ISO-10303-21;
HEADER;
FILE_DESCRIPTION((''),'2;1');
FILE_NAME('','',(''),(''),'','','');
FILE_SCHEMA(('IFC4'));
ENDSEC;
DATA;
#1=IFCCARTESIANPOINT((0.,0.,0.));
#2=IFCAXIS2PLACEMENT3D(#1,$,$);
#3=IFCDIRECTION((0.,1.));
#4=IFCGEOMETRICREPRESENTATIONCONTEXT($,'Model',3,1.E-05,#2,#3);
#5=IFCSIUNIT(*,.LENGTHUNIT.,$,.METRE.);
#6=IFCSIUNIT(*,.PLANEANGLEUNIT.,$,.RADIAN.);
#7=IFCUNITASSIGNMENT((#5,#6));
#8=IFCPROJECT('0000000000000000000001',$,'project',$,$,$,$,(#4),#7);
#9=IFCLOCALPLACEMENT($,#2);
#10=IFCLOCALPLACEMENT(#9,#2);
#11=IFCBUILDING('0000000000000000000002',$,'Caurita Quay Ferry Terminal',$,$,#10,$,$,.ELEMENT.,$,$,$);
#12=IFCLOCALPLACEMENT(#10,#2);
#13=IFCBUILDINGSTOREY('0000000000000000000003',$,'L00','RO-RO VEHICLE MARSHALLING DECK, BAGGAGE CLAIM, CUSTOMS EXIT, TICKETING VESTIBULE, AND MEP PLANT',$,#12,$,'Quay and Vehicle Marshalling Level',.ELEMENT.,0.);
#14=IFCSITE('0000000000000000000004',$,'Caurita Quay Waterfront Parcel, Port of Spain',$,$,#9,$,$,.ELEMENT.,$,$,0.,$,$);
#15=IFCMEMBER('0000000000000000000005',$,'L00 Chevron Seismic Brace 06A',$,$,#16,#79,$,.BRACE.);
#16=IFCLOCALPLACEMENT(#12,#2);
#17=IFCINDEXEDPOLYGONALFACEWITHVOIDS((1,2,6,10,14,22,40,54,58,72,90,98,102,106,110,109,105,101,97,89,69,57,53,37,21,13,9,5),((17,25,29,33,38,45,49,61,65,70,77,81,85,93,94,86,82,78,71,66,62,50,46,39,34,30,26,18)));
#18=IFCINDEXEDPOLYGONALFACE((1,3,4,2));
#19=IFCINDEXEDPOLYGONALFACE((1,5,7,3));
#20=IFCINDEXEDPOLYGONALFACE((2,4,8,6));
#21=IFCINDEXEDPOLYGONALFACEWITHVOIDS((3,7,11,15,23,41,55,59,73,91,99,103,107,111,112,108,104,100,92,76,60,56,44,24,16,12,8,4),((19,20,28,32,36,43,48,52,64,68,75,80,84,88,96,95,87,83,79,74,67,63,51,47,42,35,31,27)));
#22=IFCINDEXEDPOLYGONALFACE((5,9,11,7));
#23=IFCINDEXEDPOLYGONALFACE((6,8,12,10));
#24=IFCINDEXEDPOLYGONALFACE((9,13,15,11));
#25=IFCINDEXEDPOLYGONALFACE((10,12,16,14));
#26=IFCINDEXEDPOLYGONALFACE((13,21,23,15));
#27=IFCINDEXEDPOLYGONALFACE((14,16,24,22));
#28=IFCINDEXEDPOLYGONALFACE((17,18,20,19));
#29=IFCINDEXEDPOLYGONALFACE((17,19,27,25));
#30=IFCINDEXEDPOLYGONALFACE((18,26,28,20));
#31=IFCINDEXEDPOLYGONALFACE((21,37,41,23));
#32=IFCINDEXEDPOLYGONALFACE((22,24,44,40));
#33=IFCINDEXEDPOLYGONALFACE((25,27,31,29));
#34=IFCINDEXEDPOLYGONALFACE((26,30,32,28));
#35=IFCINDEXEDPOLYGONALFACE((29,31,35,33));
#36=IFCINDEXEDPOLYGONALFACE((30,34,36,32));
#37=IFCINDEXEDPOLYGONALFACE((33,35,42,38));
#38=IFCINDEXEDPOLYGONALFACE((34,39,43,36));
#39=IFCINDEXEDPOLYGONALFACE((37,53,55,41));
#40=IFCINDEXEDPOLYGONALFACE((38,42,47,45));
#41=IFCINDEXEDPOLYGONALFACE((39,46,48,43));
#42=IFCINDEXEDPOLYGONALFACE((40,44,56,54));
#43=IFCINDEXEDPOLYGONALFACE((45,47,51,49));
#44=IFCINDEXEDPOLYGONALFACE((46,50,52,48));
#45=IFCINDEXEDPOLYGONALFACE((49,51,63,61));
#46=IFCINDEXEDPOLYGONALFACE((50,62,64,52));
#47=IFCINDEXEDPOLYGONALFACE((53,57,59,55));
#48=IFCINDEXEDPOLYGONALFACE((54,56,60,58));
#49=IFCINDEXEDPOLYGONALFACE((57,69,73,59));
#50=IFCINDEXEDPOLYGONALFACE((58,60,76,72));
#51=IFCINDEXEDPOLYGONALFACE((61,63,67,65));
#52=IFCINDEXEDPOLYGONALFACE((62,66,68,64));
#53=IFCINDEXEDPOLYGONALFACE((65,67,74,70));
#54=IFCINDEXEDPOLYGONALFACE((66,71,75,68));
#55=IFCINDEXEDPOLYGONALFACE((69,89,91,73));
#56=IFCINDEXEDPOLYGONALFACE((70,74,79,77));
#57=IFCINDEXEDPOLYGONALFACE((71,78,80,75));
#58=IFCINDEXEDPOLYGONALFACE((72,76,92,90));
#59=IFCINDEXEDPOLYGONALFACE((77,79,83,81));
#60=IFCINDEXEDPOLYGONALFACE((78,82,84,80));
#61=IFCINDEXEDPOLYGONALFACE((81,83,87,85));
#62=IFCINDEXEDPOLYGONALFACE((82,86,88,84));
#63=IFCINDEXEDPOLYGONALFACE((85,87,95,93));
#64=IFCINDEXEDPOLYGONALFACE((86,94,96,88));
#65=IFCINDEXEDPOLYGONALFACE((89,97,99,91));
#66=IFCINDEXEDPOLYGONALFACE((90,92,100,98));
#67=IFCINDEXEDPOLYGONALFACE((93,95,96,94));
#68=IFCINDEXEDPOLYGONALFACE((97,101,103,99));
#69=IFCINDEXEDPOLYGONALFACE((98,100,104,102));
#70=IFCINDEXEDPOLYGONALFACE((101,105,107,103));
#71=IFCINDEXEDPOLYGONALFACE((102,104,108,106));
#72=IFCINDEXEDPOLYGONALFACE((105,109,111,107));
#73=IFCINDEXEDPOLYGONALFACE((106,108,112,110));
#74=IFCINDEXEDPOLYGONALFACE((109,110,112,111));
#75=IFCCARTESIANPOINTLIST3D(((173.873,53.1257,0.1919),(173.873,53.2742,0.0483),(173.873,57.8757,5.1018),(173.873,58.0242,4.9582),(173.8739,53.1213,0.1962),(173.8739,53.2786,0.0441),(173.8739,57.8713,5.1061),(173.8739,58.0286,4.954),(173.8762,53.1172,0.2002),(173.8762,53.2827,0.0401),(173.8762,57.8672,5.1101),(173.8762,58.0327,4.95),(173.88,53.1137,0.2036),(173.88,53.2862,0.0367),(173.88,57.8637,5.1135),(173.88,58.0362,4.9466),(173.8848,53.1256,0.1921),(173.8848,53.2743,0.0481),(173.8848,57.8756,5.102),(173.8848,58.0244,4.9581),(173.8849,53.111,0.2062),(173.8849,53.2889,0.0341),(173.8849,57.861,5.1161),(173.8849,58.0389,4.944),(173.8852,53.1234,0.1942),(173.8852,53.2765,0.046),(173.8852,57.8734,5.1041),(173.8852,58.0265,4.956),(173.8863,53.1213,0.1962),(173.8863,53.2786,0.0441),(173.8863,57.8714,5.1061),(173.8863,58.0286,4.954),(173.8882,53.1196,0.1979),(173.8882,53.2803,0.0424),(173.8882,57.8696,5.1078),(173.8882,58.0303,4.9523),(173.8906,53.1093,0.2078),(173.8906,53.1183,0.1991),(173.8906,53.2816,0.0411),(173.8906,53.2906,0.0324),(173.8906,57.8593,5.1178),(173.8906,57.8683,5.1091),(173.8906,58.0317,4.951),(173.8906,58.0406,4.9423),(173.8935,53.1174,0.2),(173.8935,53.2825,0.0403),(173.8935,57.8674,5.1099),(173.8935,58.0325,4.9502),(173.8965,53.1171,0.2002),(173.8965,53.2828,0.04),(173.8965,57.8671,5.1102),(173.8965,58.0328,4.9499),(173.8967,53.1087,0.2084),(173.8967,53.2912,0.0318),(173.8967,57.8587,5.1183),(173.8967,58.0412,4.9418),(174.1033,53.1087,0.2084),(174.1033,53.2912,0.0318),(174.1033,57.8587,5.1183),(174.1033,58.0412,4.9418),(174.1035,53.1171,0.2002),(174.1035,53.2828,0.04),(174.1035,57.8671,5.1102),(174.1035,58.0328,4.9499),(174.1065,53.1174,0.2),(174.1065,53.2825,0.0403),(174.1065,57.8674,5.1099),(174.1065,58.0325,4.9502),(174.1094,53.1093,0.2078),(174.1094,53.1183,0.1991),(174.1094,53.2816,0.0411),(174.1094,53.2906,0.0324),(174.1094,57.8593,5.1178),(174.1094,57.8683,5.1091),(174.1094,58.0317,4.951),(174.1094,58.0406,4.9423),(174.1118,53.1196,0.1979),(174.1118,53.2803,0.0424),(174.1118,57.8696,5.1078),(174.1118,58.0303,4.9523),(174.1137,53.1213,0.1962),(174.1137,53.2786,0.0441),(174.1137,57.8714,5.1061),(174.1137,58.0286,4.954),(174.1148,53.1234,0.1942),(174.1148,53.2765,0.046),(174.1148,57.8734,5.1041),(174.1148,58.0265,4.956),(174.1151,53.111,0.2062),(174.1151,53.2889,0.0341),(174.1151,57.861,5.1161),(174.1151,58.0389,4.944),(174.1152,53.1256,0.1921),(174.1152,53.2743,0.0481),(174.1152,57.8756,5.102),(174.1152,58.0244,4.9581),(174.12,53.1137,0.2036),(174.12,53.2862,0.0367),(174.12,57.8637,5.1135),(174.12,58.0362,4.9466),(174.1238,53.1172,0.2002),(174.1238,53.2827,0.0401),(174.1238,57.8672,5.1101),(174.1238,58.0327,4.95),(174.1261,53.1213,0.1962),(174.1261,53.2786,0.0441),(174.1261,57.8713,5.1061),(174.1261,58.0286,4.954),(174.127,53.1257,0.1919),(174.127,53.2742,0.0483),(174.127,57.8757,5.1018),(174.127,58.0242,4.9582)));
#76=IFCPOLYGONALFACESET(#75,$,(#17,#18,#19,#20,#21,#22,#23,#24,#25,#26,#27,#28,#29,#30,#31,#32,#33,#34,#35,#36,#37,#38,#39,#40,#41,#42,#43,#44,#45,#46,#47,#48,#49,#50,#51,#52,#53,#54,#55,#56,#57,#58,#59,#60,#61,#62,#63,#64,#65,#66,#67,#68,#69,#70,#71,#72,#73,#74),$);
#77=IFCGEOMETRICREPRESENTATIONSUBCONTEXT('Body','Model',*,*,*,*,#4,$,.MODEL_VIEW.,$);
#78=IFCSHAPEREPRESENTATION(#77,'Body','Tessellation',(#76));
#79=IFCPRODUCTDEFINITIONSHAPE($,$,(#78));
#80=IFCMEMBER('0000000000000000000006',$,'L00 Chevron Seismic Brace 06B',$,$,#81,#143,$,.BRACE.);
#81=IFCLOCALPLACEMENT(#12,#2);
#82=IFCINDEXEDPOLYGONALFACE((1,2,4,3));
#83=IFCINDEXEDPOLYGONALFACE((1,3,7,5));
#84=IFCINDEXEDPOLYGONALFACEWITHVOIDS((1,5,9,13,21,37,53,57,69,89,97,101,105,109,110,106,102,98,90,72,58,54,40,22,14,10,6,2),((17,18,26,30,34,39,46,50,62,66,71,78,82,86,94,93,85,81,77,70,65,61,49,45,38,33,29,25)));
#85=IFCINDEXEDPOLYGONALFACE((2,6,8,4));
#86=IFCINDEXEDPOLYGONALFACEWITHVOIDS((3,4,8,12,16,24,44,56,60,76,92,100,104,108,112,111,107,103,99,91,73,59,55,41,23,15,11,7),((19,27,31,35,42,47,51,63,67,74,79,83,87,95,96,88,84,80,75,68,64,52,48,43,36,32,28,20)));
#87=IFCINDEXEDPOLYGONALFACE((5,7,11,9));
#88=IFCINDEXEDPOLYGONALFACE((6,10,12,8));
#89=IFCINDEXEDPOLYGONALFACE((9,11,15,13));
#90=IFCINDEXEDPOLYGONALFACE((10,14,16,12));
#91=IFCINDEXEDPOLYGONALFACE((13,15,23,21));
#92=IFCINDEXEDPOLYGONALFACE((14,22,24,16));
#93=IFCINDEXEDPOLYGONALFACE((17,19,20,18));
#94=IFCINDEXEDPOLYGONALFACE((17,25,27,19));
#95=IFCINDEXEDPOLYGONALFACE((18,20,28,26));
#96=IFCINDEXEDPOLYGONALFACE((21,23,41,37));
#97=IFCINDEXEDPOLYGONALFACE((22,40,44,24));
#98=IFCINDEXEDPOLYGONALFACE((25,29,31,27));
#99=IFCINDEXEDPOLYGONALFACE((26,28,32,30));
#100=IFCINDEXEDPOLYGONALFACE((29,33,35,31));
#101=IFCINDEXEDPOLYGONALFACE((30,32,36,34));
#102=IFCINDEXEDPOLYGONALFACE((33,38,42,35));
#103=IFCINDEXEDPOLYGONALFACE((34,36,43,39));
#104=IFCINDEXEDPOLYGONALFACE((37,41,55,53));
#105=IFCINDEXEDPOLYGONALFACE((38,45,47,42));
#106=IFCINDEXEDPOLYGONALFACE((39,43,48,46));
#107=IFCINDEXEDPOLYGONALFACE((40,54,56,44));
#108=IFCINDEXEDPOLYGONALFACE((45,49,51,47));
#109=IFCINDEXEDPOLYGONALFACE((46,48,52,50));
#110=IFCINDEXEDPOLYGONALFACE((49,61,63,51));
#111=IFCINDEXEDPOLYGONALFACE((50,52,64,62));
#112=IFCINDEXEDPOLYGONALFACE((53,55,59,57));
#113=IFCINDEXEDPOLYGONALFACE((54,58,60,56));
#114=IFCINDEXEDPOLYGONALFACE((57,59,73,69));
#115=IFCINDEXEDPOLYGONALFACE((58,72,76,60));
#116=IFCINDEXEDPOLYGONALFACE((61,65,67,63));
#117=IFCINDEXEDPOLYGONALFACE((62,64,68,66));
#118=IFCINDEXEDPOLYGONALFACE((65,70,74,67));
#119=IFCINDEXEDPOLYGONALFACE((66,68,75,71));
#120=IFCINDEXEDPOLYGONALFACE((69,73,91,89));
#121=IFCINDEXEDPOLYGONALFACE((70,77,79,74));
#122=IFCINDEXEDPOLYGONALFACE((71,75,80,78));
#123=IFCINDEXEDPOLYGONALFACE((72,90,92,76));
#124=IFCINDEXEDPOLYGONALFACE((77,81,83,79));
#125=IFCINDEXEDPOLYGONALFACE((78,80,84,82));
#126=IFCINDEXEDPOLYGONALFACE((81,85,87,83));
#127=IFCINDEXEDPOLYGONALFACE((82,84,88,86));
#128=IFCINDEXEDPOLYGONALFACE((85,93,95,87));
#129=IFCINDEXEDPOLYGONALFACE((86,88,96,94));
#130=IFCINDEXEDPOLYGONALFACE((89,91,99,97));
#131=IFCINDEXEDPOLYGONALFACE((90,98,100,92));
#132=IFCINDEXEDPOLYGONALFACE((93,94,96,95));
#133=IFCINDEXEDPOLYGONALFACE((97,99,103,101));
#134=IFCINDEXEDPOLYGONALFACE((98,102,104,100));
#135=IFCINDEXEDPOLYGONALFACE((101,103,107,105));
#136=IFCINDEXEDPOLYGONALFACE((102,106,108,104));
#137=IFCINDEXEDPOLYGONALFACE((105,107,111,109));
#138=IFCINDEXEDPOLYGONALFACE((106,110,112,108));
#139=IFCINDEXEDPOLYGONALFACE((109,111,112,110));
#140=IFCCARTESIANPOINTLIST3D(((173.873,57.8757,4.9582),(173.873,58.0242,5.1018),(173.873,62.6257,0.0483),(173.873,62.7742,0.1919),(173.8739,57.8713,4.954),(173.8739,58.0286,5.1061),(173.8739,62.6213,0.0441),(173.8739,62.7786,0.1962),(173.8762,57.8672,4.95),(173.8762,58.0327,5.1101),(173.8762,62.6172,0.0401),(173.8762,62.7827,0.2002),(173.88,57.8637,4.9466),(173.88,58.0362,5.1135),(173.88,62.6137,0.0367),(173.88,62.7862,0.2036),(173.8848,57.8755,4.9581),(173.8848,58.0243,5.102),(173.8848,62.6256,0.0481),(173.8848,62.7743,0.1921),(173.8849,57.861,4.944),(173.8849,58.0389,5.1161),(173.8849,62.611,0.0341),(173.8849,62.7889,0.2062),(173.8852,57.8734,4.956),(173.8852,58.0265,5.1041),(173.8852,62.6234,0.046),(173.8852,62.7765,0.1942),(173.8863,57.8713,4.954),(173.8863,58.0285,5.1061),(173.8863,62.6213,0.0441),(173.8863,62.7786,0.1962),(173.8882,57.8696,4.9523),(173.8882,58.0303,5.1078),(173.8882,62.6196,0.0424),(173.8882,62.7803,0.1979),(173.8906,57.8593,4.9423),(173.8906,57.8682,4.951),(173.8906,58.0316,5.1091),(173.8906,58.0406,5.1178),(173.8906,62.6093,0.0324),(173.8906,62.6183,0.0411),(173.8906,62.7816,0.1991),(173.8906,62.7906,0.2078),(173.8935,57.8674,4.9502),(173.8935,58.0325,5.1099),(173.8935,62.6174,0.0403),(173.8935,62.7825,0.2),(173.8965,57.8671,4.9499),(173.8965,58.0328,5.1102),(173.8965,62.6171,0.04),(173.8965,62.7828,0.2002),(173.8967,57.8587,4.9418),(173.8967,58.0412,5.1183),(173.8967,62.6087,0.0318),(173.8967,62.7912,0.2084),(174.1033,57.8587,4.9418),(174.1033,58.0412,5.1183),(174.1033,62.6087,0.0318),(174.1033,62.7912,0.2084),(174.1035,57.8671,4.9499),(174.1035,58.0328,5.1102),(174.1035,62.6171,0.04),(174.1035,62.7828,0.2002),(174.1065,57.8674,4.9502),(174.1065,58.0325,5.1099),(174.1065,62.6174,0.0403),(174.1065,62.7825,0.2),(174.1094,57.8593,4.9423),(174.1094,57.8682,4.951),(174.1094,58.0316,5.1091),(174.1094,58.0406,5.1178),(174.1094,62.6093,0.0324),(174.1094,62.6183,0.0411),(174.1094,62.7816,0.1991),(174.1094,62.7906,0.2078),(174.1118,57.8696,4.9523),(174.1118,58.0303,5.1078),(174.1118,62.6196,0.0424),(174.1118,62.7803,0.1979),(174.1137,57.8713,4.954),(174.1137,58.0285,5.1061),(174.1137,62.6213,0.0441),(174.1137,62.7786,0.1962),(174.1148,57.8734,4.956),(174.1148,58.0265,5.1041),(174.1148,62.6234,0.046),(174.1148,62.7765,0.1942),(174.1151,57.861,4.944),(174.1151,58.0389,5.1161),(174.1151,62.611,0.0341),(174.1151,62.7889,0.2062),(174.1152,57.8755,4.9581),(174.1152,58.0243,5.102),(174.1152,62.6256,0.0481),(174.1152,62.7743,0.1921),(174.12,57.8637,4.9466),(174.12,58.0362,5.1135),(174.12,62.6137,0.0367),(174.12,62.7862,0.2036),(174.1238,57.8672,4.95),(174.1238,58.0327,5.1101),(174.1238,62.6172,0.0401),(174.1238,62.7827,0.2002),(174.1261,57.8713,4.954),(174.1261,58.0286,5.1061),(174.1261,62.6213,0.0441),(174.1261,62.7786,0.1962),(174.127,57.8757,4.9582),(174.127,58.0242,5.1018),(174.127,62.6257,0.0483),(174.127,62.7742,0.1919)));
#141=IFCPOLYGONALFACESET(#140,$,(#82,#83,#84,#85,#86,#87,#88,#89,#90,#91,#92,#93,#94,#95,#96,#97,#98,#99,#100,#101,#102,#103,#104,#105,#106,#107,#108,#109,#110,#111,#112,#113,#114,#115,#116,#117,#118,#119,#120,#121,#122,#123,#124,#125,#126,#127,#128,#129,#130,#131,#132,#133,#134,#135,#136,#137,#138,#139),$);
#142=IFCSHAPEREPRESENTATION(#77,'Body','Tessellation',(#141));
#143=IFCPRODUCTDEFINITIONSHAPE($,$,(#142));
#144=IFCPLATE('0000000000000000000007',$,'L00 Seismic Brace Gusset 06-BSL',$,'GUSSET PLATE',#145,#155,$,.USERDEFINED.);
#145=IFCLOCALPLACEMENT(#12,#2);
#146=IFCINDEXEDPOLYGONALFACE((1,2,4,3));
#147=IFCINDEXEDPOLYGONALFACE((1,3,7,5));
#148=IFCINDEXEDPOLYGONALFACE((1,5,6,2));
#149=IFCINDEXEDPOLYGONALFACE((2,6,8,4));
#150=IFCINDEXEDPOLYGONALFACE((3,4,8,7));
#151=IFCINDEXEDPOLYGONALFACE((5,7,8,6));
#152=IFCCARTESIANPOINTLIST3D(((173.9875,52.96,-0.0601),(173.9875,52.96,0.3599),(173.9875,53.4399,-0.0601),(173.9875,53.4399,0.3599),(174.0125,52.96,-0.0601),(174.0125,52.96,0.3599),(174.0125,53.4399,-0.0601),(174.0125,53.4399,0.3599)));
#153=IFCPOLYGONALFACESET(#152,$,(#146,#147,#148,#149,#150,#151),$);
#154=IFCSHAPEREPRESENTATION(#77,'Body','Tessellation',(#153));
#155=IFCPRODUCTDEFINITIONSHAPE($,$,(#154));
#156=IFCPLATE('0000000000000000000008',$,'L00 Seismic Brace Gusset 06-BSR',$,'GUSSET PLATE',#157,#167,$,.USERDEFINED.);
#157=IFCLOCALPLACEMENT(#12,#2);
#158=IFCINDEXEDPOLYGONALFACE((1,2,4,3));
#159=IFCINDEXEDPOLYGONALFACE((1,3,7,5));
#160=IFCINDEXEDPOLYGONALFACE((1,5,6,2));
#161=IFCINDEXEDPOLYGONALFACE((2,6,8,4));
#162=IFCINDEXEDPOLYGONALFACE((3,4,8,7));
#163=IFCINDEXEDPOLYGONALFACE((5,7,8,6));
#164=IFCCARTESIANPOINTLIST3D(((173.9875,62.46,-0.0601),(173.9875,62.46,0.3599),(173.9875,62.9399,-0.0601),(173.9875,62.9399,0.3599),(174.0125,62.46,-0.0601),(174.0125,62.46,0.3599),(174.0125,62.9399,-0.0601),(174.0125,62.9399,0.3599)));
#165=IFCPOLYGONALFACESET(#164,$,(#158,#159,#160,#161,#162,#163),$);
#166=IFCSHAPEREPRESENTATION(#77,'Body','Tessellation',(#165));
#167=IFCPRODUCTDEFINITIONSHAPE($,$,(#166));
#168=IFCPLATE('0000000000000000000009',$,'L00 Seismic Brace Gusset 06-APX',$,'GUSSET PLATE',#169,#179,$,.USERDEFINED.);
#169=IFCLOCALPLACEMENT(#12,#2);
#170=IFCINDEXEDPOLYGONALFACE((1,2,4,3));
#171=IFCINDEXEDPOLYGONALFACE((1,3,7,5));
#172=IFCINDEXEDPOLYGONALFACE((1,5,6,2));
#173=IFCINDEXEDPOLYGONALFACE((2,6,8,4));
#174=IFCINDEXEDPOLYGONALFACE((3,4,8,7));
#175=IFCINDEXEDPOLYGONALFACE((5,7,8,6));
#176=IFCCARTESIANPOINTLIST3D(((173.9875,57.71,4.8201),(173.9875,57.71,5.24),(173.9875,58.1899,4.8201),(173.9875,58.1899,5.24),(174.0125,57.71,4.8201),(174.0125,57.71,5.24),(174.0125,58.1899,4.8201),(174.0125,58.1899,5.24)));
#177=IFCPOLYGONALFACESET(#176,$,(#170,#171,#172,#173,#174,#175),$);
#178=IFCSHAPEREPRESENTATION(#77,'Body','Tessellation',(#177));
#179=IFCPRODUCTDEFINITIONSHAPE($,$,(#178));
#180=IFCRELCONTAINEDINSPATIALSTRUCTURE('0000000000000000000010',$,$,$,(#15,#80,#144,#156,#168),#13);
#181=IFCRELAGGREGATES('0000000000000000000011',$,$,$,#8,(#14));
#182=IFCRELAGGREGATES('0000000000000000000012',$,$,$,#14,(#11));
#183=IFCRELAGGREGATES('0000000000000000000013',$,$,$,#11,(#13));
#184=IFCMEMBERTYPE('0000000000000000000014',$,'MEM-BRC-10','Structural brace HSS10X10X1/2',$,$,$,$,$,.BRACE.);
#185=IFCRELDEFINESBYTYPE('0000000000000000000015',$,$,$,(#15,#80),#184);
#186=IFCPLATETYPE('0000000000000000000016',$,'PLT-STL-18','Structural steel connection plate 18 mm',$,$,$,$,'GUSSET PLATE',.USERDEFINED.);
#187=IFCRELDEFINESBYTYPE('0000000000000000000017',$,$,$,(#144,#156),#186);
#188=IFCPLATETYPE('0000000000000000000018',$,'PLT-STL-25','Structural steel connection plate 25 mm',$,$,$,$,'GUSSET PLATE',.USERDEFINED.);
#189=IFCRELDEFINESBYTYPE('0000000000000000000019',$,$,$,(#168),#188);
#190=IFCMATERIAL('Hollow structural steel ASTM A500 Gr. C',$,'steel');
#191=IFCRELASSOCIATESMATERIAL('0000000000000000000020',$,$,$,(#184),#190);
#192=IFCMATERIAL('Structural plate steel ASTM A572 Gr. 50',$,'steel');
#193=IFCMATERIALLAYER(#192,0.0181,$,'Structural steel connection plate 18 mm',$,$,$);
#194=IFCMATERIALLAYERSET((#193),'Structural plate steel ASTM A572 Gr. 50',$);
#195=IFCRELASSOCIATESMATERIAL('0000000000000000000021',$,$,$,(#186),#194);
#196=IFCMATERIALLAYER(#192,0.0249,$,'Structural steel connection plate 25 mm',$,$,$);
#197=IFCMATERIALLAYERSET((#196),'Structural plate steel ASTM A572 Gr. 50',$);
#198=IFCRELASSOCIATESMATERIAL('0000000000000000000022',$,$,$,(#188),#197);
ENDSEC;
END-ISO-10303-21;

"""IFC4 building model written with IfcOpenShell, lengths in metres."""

from ifc_helpers import new_model, si_unit, direction, frame, origin, origin_2d, place, context, subcontext, project, spatial, rectangle, hollow_rectangle, extrude, material, layer, layer_set, material_profile, profile_set, type_object, element, save


model = new_model("IFC4")

# Units and contexts
model_context = context("Model", 3, precision=1e-05, world=origin(), true_north=direction((0.0, 1.0)))
body_context = subcontext(model_context, "Body", "Model", "MODEL_VIEW")
ifc_project = project(units=[si_unit("LENGTHUNIT", "METRE"), si_unit("PLANEANGLEUNIT", "RADIAN")], contexts=[model_context])

# Site, building, storey
site_placement = place(None, origin())
site = spatial("IfcSite", under=ifc_project, at=site_placement, Name="Caurita Quay Waterfront Parcel, Port of Spain", CompositionType="ELEMENT", RefElevation=0.0)
building_placement = place(site_placement, origin())
building = spatial("IfcBuilding", under=site, at=building_placement, Name="Caurita Quay Ferry Terminal", CompositionType="ELEMENT")
storey_placement = place(building_placement, origin())
storey = spatial("IfcBuildingStorey", under=building, at=storey_placement, Name="L00", Description="RO-RO VEHICLE MARSHALLING DECK, BAGGAGE CLAIM, CUSTOMS EXIT, TICKETING VESTIBULE, AND MEP PLANT", LongName="Quay and Vehicle Marshalling Level", CompositionType="ELEMENT", Elevation=0.0)

# Members
ifc_material_1 = material(Name="Hollow structural steel ASTM A500 Gr. C", Category="steel")
ifc_material_profile_1 = material_profile(ifc_material_1, hollow_rectangle(XDim=0.2539, YDim=0.2539, WallThickness=0.0117, InnerFilletRadius=0.0117, OuterFilletRadius=0.0237, at=origin_2d()), Name="HSS10X10X1/2")
ifc_profile_set_1 = profile_set([ifc_material_profile_1], Name="Hollow structural steel ASTM A500 Gr. C")
member_type = type_object("IfcMemberType", Name="MEM-BRC-10", Description="Structural brace HSS10X10X1/2", PredefinedType="BRACE", material=ifc_profile_set_1)
for number, where, z_axis, x_axis, name in (
    (1, (174.0, 53.2, 0.1201), (0.0, 0.695306, 0.718714), (-1.0, 0.0, 0.0), "L00 Chevron Seismic Brace 06A"),
    (2, (174.0, 62.7, 0.1201), (0.0, -0.695306, 0.718714), (1.0, 0.0, 0.0), "L00 Chevron Seismic Brace 06B"),
):
    element("IfcMember", number, at=place(storey_placement, frame(where, z_axis=z_axis, x_axis=x_axis)), inside=storey, type_object=member_type, Name=name, PredefinedType="BRACE", context=body_context, shape_type="SweptSolid", body=[
        extrude(hollow_rectangle(XDim=0.2539, YDim=0.2539, WallThickness=0.0117, InnerFilletRadius=0.0117, OuterFilletRadius=0.0237, at=origin_2d()), origin(), (0.0, 0.0, 1.0), 6.8315),
    ])

# Plates
ifc_material_2 = material(Name="Structural plate steel ASTM A572 Gr. 50", Category="steel")
ifc_layer_1 = layer(ifc_material_2, 0.0181, Name="Structural steel connection plate 18 mm")
ifc_layer_set_1 = layer_set([ifc_layer_1], Name="Structural plate steel ASTM A572 Gr. 50")
plate_type_1 = type_object("IfcPlateType", Name="PLT-STL-18", Description="Structural steel connection plate 18 mm", ElementType="GUSSET PLATE", PredefinedType="USERDEFINED", material=ifc_layer_set_1)
for number, where, z_axis, x_axis, name in (
    (3, (174.0, 53.2, -0.0601), (0.0, 0.0, 1.0), (0.0, 1.0, 0.0), "L00 Seismic Brace Gusset 06-BSL"),
    (4, (174.0, 62.7, -0.0601), (0.0, 0.0, 1.0), (0.0, 1.0, 0.0), "L00 Seismic Brace Gusset 06-BSR"),
):
    element("IfcPlate", number, at=place(storey_placement, frame(where, z_axis=z_axis, x_axis=x_axis)), inside=storey, type_object=plate_type_1, Name=name, ObjectType="GUSSET PLATE", PredefinedType="USERDEFINED", context=body_context, shape_type="SweptSolid", body=[
        extrude(rectangle(XDim=0.48, YDim=0.0249, at=origin_2d()), origin(), (0.0, 0.0, 1.0), 0.4199),
    ])
ifc_layer_2 = layer(ifc_material_2, 0.0249, Name="Structural steel connection plate 25 mm")
ifc_layer_set_2 = layer_set([ifc_layer_2], Name="Structural plate steel ASTM A572 Gr. 50")
plate_type_2 = type_object("IfcPlateType", Name="PLT-STL-25", Description="Structural steel connection plate 25 mm", ElementType="GUSSET PLATE", PredefinedType="USERDEFINED", material=ifc_layer_set_2)
plate_placement = place(storey_placement, frame((174.0, 57.95, 4.8201), z_axis=(0.0, 0.0, 1.0), x_axis=(0.0, 1.0, 0.0)))
element("IfcPlate", 5, at=plate_placement, inside=storey, type_object=plate_type_2, Name="L00 Seismic Brace Gusset 06-APX", ObjectType="GUSSET PLATE", PredefinedType="USERDEFINED", context=body_context, shape_type="SweptSolid", body=[
    extrude(rectangle(XDim=0.48, YDim=0.0249, at=origin_2d()), origin(), (0.0, 0.0, 1.0), 0.4199),
])

save(model, "model.ifc")
